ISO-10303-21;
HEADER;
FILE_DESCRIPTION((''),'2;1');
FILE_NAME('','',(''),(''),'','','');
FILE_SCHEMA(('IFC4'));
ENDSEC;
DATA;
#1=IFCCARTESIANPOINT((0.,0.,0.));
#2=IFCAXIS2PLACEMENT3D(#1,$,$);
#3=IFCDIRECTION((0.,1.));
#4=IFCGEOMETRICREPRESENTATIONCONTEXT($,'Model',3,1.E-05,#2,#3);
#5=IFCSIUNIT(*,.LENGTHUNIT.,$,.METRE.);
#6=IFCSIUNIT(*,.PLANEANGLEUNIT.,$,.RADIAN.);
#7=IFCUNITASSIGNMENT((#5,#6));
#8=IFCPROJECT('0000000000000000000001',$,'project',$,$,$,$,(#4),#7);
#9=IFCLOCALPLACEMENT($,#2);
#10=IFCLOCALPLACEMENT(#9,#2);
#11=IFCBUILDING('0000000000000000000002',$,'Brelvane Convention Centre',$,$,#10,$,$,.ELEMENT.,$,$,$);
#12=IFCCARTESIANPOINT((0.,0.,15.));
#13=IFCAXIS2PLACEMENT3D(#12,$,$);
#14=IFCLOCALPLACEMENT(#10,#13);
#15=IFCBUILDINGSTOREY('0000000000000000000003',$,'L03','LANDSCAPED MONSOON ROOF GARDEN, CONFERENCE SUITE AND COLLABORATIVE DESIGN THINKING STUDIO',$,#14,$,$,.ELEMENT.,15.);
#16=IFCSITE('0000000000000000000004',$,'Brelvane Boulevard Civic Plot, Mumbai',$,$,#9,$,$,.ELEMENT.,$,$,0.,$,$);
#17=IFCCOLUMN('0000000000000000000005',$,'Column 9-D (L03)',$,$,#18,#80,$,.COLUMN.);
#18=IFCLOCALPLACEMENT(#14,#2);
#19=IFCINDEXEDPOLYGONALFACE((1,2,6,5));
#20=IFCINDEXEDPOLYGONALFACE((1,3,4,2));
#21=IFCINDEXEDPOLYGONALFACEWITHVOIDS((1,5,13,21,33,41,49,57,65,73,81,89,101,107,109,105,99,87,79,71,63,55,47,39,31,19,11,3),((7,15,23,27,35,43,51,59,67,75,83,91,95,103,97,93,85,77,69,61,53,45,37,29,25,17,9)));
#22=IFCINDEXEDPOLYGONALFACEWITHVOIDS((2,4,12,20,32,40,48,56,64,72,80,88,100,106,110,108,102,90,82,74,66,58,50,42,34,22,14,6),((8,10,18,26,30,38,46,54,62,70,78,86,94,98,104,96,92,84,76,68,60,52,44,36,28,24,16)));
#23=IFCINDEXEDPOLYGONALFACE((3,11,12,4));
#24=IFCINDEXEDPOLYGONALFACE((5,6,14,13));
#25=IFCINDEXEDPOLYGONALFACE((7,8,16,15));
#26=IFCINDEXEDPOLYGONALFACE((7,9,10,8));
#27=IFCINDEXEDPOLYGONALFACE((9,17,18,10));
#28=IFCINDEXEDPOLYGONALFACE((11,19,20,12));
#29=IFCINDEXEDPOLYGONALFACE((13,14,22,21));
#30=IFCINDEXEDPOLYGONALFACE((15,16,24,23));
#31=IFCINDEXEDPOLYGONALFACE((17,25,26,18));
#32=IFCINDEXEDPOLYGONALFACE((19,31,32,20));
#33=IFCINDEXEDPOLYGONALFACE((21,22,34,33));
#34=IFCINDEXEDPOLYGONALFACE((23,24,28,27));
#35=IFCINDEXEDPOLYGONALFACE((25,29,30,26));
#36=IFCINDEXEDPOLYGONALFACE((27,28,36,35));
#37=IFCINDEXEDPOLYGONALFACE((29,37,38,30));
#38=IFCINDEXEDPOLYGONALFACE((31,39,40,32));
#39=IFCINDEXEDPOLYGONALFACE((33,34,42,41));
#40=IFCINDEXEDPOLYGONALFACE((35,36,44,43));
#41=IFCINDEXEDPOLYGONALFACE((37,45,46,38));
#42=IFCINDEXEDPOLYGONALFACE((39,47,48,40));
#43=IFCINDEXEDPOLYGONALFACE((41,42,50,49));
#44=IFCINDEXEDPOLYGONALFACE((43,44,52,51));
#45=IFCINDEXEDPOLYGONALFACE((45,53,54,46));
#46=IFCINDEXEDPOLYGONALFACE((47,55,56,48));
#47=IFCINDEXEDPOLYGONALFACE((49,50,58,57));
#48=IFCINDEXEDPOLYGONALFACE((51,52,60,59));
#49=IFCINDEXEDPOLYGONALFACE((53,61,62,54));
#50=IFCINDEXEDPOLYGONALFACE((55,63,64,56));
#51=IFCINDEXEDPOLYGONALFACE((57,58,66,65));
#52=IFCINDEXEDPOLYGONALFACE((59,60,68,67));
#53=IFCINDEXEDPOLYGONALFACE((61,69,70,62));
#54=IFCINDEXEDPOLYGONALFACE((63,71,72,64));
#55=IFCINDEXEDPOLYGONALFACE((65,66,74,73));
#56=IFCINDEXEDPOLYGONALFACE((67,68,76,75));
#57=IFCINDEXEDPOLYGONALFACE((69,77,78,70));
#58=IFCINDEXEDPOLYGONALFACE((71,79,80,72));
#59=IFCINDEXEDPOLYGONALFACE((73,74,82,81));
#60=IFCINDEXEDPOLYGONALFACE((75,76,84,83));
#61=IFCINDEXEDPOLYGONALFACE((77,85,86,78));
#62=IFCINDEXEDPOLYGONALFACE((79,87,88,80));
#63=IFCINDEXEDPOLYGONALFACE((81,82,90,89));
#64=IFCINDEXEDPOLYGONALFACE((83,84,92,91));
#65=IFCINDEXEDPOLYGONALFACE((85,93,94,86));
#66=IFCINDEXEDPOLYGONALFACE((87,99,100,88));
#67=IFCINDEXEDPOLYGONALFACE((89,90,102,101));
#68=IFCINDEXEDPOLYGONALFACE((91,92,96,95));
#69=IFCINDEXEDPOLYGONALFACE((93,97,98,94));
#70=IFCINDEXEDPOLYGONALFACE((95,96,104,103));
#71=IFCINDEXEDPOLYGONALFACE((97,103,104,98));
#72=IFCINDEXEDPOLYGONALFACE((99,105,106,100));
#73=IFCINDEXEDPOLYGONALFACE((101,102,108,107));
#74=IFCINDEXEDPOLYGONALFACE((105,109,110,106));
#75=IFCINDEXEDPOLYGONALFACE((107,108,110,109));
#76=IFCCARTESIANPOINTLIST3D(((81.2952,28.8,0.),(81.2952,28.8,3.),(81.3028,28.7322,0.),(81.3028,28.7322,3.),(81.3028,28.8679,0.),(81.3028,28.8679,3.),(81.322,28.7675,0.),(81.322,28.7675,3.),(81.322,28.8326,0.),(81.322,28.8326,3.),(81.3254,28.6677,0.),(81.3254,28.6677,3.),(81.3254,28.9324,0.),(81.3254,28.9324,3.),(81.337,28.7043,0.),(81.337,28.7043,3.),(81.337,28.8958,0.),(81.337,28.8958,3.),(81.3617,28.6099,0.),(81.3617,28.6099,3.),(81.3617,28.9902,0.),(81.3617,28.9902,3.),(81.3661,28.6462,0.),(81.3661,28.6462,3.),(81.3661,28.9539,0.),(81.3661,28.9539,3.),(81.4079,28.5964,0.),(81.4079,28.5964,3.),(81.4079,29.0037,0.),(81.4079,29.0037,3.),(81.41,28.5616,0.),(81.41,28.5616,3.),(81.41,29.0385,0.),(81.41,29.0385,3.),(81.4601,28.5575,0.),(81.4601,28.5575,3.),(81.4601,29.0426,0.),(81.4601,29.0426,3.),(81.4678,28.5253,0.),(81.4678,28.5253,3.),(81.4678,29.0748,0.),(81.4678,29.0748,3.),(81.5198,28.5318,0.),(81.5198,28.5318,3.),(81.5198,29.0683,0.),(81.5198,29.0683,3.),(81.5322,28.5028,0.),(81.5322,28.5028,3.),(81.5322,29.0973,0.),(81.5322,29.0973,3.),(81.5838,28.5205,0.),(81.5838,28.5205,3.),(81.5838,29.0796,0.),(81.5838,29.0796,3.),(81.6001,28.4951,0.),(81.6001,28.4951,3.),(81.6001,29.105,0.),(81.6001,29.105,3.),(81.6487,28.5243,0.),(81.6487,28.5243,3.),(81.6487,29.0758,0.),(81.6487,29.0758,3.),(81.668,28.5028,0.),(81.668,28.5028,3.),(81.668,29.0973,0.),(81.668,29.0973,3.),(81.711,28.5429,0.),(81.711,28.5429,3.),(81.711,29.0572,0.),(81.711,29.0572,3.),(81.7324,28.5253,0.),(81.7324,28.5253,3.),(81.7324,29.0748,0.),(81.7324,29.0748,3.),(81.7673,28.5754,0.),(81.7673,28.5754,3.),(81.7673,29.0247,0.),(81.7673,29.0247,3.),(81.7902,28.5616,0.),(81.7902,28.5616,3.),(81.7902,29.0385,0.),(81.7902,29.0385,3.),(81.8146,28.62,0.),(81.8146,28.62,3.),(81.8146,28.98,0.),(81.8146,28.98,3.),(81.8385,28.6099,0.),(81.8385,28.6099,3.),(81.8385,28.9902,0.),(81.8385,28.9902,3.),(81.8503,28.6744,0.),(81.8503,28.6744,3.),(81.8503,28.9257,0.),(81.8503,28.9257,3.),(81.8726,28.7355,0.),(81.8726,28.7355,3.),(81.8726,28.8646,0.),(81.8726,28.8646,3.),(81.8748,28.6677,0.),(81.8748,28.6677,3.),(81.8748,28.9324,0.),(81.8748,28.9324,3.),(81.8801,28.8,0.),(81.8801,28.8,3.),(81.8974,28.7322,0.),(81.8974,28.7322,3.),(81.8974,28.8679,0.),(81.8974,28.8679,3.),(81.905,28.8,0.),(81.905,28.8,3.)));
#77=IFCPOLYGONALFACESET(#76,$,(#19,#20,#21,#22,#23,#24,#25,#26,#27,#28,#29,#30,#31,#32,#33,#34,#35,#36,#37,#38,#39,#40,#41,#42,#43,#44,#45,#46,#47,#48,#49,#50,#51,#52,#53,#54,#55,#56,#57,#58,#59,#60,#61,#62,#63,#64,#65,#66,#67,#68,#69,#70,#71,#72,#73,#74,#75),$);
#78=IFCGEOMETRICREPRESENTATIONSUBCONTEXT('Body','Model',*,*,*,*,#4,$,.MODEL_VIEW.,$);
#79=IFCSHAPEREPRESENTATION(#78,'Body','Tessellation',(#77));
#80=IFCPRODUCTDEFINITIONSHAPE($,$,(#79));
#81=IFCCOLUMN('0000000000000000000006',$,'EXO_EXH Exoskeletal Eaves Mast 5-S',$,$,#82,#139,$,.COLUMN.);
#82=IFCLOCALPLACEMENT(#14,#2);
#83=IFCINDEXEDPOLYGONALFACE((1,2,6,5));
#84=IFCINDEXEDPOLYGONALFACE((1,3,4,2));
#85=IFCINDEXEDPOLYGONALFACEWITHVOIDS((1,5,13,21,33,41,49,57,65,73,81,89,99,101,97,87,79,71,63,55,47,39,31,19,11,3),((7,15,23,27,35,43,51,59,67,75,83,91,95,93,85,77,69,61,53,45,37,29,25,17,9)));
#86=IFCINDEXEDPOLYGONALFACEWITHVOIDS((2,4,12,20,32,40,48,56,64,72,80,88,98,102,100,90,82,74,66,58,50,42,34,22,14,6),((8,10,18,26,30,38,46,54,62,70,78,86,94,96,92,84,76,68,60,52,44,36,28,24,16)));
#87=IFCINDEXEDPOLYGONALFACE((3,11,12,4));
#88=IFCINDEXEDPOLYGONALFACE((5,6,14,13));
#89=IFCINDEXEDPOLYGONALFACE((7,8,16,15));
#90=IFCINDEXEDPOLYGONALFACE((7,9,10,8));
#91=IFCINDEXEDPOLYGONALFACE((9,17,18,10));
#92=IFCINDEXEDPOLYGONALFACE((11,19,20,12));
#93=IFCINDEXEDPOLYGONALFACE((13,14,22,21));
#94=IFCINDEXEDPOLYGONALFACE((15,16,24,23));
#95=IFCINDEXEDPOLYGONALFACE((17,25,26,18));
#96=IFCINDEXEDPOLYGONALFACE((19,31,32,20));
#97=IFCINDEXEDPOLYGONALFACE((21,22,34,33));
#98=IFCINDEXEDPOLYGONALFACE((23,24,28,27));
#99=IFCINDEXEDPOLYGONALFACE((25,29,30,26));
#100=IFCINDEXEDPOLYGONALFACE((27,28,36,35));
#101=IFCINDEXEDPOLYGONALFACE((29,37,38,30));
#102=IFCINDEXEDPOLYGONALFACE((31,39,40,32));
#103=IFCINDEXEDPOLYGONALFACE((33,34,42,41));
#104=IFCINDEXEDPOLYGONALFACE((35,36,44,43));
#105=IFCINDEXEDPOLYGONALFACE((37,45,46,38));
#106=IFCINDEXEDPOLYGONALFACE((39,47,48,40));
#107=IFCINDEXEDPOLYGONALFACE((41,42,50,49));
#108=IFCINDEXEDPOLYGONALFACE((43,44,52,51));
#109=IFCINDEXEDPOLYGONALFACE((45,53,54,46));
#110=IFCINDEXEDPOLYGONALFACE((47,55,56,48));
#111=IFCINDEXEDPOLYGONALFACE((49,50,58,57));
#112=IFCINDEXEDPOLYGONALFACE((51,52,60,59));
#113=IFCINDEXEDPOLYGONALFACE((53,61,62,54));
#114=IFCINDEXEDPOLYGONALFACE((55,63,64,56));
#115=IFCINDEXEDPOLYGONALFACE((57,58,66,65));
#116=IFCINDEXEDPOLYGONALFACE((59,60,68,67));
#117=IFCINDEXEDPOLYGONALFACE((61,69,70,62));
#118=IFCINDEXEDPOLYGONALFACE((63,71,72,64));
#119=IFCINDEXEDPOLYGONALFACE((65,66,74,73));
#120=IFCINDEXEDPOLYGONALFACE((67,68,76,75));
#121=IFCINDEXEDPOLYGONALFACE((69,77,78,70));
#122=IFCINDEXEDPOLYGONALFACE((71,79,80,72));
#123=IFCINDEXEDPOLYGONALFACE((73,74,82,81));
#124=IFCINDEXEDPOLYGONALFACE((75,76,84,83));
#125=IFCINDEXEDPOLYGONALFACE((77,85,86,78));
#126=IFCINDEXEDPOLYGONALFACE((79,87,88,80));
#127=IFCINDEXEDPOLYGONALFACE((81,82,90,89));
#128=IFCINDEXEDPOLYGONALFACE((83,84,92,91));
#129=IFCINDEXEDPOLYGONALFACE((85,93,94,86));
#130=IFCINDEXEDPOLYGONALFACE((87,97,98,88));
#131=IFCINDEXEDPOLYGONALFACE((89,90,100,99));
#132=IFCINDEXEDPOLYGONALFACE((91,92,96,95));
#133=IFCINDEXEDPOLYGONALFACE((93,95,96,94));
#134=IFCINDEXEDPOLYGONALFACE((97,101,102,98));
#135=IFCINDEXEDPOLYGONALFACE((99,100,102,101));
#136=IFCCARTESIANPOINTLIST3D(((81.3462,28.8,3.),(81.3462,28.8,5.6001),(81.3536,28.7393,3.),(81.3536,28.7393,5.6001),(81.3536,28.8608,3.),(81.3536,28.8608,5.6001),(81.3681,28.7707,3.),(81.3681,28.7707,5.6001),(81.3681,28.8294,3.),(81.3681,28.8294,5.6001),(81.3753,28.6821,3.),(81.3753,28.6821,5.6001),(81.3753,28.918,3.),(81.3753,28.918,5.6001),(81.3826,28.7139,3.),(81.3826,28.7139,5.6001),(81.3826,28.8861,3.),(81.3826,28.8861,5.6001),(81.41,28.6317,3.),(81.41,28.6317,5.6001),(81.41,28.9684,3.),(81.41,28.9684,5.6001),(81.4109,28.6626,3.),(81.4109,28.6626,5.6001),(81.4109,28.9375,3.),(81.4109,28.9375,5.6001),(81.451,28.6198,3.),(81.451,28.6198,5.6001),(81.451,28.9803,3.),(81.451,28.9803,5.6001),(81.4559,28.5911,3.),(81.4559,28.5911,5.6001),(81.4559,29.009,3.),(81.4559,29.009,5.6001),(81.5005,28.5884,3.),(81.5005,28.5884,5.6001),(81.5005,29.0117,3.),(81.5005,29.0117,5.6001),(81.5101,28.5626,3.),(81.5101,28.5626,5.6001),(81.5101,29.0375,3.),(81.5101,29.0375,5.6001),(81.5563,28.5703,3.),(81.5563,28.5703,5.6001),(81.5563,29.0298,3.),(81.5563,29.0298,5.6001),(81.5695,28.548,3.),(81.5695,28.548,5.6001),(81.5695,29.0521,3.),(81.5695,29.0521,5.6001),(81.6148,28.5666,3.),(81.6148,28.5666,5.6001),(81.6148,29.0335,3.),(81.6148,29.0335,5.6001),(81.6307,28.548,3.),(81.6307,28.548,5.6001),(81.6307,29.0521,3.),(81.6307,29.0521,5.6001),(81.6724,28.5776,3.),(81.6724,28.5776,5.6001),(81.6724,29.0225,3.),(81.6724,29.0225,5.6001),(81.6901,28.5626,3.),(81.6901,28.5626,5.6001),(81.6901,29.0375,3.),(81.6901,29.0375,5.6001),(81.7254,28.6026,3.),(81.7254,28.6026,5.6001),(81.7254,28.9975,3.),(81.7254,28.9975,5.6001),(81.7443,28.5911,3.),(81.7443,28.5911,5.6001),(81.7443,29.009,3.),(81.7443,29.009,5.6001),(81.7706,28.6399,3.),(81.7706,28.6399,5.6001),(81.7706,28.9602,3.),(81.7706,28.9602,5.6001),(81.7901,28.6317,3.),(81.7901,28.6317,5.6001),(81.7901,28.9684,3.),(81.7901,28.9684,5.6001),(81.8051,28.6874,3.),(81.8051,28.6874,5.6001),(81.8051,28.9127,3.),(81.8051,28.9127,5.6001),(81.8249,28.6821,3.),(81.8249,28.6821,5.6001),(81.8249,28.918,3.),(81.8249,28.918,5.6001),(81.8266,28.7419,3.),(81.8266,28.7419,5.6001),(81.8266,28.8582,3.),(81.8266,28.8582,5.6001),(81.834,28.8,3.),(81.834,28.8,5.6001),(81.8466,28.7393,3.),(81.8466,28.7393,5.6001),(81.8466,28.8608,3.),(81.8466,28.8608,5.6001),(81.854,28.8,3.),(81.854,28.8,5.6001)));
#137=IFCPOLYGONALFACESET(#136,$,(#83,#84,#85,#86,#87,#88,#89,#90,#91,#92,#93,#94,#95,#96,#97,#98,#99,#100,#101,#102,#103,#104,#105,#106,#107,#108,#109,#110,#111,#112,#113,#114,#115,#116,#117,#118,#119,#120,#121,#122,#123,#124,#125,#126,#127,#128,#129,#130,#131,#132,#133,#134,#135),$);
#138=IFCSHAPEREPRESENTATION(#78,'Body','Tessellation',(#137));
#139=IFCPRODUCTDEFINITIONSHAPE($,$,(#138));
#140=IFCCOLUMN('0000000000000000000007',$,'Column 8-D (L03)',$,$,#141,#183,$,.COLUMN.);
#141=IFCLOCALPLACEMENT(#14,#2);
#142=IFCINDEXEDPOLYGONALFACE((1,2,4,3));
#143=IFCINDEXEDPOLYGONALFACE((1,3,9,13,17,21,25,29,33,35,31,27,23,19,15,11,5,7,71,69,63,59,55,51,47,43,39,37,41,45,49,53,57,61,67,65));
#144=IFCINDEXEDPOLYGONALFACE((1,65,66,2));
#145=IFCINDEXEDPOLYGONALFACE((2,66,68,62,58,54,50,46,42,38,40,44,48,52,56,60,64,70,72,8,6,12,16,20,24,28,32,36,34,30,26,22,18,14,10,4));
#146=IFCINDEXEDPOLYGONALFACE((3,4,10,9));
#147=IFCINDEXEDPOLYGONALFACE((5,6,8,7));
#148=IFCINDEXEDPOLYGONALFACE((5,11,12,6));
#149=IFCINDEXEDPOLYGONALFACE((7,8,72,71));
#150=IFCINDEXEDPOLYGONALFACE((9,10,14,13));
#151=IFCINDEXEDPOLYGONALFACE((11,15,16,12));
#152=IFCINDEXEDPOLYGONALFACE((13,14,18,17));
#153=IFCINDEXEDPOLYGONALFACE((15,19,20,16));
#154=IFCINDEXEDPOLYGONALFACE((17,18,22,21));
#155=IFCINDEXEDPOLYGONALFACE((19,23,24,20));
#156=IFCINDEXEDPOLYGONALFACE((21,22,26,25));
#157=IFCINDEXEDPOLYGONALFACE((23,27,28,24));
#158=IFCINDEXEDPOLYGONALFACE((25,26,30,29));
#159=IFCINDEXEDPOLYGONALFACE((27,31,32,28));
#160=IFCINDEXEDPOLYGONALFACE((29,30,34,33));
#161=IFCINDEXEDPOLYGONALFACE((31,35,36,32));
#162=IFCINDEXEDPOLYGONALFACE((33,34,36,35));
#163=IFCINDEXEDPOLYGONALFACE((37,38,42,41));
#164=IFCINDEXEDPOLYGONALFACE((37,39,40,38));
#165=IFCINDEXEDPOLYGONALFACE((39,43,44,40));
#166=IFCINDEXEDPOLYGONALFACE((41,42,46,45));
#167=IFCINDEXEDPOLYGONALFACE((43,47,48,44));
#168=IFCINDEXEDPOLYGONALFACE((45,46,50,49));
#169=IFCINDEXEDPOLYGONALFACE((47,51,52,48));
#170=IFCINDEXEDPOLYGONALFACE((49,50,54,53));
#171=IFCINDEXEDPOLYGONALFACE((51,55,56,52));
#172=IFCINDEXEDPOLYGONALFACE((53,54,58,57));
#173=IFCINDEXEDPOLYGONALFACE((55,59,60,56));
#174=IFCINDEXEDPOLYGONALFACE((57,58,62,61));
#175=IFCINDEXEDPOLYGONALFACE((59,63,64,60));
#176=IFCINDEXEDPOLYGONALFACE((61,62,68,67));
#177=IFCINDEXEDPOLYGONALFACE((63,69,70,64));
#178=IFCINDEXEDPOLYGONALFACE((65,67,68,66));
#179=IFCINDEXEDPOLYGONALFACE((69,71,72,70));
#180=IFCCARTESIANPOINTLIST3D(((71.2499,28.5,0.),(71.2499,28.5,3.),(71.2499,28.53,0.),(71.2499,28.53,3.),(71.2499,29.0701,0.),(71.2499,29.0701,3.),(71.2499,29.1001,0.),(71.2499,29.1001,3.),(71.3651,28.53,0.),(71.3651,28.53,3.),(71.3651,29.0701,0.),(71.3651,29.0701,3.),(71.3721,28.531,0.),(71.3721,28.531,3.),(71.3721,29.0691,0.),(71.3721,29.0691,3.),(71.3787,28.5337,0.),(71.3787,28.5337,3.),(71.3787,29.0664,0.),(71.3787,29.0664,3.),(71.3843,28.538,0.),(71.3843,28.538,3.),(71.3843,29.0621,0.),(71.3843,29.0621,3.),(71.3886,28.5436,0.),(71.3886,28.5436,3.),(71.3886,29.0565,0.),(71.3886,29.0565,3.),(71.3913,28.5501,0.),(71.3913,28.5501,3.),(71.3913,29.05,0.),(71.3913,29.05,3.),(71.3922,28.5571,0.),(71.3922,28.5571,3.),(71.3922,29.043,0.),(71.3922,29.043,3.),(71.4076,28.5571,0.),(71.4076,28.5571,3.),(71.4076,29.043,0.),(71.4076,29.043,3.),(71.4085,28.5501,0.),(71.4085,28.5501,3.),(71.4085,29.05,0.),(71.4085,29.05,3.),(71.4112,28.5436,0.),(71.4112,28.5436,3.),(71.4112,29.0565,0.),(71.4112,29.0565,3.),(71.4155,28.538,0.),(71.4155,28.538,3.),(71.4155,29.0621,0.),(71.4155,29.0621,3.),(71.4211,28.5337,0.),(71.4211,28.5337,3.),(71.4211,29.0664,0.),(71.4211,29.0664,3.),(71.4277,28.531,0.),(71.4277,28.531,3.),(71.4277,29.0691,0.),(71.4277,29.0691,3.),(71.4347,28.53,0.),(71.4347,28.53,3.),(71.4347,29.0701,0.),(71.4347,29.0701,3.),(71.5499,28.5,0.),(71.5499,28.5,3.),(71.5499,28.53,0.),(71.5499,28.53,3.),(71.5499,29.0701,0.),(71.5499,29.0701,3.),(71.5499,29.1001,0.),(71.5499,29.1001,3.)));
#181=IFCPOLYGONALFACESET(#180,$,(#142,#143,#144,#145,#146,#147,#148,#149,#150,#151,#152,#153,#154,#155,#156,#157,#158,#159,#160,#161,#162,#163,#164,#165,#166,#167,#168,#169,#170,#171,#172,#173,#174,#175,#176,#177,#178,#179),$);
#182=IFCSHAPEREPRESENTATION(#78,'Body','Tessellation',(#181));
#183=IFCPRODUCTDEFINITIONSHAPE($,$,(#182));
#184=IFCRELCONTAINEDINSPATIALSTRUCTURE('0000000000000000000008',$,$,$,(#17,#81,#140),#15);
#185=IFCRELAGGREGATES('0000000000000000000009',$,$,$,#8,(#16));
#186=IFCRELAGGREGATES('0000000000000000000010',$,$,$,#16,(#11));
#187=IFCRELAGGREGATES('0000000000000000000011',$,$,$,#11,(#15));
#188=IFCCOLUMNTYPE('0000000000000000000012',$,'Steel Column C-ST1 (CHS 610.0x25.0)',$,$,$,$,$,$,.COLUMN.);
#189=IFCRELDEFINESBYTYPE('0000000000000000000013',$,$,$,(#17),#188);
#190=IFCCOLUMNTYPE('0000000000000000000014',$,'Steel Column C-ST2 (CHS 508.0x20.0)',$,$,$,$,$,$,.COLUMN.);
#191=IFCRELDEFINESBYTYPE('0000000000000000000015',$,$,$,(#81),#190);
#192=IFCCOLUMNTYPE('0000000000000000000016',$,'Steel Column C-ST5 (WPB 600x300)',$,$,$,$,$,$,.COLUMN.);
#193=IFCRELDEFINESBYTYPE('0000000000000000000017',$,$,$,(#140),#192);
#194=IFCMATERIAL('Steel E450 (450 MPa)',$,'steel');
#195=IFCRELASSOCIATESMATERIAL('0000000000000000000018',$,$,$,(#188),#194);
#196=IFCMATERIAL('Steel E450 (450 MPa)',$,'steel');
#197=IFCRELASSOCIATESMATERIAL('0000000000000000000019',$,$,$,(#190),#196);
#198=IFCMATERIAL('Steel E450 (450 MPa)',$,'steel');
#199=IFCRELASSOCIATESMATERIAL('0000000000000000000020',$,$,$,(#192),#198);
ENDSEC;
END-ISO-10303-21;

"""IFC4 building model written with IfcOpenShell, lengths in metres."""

from ifc_helpers import new_model, si_unit, direction, frame, origin, origin_2d, place, context, subcontext, project, spatial, hollow_circle, i_section, extrude, material, material_profile, profile_set, type_object, element, save


model = new_model("IFC4")

# Units and contexts
model_context = context("Model", 3, precision=1e-05, world=origin(), true_north=direction((0.0, 1.0)))
body_context = subcontext(model_context, "Body", "Model", "MODEL_VIEW")
ifc_project = project(units=[si_unit("LENGTHUNIT", "METRE"), si_unit("PLANEANGLEUNIT", "RADIAN")], contexts=[model_context])

# Site, building, storey
site_placement = place(None, origin())
site = spatial("IfcSite", under=ifc_project, at=site_placement, Name="Brelvane Boulevard Civic Plot, Mumbai", CompositionType="ELEMENT", RefElevation=0.0)
building_placement = place(site_placement, origin())
building = spatial("IfcBuilding", under=site, at=building_placement, Name="Brelvane Convention Centre", CompositionType="ELEMENT")
storey_placement = place(building_placement, frame((0.0, 0.0, 15.0)))
storey = spatial("IfcBuildingStorey", under=building, at=storey_placement, Name="L03", Description="LANDSCAPED MONSOON ROOF GARDEN, CONFERENCE SUITE AND COLLABORATIVE DESIGN THINKING STUDIO", CompositionType="ELEMENT", Elevation=15.0)

# Columns
ifc_material_1 = material(Name="Steel E450 (450 MPa)", Category="steel")
ifc_material_profile_1 = material_profile(ifc_material_1, hollow_circle(Radius=0.3049, WallThickness=0.0249, at=origin_2d()), Name="CHS 610.0x25.0")
ifc_profile_set_1 = profile_set([ifc_material_profile_1], Name="Steel E450 (450 MPa)")
column_type_1 = type_object("IfcColumnType", Name="Steel Column C-ST1 (CHS 610.0x25.0)", PredefinedType="COLUMN", material=ifc_profile_set_1)
column_1_placement = place(storey_placement, frame((81.6001, 28.8, 0.0), z_axis=(0.0, 0.0, 1.0), x_axis=(1.0, 0.0, 0.0)))
element("IfcColumn", 1, at=column_1_placement, inside=storey, type_object=column_type_1, Name="Column 9-D (L03)", PredefinedType="COLUMN", context=body_context, shape_type="SweptSolid", body=[
    extrude(hollow_circle(Radius=0.3049, WallThickness=0.0249, at=origin_2d()), origin(), (0.0, 0.0, 1.0), 3.0),
])
ifc_material_2 = material(Name="Steel E450 (450 MPa)", Category="steel")
ifc_material_profile_2 = material_profile(ifc_material_2, hollow_circle(Radius=0.2539, WallThickness=0.02, at=origin_2d()), Name="CHS 508.0x20.0")
ifc_profile_set_2 = profile_set([ifc_material_profile_2], Name="Steel E450 (450 MPa)")
column_type_2 = type_object("IfcColumnType", Name="Steel Column C-ST2 (CHS 508.0x20.0)", PredefinedType="COLUMN", material=ifc_profile_set_2)
column_2_placement = place(storey_placement, frame((81.6001, 28.8, 3.0), z_axis=(0.0, 0.0, 1.0), x_axis=(1.0, 0.0, 0.0)))
element("IfcColumn", 2, at=column_2_placement, inside=storey, type_object=column_type_2, Name="EXO_EXH Exoskeletal Eaves Mast 5-S", PredefinedType="COLUMN", context=body_context, shape_type="SweptSolid", body=[
    extrude(hollow_circle(Radius=0.2539, WallThickness=0.02, at=origin_2d()), origin(), (0.0, 0.0, 1.0), 2.6001),
])
ifc_material_3 = material(Name="Steel E450 (450 MPa)", Category="steel")
ifc_material_profile_3 = material_profile(ifc_material_3, i_section(OverallWidth=0.3, OverallDepth=0.6001, WebThickness=0.0154, FlangeThickness=0.03, FilletRadius=0.0271, at=origin_2d()), Name="WPB 600x300")
ifc_profile_set_3 = profile_set([ifc_material_profile_3], Name="Steel E450 (450 MPa)")
column_type_3 = type_object("IfcColumnType", Name="Steel Column C-ST5 (WPB 600x300)", PredefinedType="COLUMN", material=ifc_profile_set_3)
column_3_placement = place(storey_placement, frame((71.3999, 28.8, 0.0), z_axis=(0.0, 0.0, 1.0), x_axis=(1.0, 0.0, 0.0)))
element("IfcColumn", 3, at=column_3_placement, inside=storey, type_object=column_type_3, Name="Column 8-D (L03)", PredefinedType="COLUMN", context=body_context, shape_type="SweptSolid", body=[
    extrude(i_section(OverallWidth=0.3, OverallDepth=0.6001, WebThickness=0.0154, FlangeThickness=0.03, FilletRadius=0.0271, at=origin_2d()), origin(), (0.0, 0.0, 1.0), 3.0),
])

save(model, "model.ifc")
